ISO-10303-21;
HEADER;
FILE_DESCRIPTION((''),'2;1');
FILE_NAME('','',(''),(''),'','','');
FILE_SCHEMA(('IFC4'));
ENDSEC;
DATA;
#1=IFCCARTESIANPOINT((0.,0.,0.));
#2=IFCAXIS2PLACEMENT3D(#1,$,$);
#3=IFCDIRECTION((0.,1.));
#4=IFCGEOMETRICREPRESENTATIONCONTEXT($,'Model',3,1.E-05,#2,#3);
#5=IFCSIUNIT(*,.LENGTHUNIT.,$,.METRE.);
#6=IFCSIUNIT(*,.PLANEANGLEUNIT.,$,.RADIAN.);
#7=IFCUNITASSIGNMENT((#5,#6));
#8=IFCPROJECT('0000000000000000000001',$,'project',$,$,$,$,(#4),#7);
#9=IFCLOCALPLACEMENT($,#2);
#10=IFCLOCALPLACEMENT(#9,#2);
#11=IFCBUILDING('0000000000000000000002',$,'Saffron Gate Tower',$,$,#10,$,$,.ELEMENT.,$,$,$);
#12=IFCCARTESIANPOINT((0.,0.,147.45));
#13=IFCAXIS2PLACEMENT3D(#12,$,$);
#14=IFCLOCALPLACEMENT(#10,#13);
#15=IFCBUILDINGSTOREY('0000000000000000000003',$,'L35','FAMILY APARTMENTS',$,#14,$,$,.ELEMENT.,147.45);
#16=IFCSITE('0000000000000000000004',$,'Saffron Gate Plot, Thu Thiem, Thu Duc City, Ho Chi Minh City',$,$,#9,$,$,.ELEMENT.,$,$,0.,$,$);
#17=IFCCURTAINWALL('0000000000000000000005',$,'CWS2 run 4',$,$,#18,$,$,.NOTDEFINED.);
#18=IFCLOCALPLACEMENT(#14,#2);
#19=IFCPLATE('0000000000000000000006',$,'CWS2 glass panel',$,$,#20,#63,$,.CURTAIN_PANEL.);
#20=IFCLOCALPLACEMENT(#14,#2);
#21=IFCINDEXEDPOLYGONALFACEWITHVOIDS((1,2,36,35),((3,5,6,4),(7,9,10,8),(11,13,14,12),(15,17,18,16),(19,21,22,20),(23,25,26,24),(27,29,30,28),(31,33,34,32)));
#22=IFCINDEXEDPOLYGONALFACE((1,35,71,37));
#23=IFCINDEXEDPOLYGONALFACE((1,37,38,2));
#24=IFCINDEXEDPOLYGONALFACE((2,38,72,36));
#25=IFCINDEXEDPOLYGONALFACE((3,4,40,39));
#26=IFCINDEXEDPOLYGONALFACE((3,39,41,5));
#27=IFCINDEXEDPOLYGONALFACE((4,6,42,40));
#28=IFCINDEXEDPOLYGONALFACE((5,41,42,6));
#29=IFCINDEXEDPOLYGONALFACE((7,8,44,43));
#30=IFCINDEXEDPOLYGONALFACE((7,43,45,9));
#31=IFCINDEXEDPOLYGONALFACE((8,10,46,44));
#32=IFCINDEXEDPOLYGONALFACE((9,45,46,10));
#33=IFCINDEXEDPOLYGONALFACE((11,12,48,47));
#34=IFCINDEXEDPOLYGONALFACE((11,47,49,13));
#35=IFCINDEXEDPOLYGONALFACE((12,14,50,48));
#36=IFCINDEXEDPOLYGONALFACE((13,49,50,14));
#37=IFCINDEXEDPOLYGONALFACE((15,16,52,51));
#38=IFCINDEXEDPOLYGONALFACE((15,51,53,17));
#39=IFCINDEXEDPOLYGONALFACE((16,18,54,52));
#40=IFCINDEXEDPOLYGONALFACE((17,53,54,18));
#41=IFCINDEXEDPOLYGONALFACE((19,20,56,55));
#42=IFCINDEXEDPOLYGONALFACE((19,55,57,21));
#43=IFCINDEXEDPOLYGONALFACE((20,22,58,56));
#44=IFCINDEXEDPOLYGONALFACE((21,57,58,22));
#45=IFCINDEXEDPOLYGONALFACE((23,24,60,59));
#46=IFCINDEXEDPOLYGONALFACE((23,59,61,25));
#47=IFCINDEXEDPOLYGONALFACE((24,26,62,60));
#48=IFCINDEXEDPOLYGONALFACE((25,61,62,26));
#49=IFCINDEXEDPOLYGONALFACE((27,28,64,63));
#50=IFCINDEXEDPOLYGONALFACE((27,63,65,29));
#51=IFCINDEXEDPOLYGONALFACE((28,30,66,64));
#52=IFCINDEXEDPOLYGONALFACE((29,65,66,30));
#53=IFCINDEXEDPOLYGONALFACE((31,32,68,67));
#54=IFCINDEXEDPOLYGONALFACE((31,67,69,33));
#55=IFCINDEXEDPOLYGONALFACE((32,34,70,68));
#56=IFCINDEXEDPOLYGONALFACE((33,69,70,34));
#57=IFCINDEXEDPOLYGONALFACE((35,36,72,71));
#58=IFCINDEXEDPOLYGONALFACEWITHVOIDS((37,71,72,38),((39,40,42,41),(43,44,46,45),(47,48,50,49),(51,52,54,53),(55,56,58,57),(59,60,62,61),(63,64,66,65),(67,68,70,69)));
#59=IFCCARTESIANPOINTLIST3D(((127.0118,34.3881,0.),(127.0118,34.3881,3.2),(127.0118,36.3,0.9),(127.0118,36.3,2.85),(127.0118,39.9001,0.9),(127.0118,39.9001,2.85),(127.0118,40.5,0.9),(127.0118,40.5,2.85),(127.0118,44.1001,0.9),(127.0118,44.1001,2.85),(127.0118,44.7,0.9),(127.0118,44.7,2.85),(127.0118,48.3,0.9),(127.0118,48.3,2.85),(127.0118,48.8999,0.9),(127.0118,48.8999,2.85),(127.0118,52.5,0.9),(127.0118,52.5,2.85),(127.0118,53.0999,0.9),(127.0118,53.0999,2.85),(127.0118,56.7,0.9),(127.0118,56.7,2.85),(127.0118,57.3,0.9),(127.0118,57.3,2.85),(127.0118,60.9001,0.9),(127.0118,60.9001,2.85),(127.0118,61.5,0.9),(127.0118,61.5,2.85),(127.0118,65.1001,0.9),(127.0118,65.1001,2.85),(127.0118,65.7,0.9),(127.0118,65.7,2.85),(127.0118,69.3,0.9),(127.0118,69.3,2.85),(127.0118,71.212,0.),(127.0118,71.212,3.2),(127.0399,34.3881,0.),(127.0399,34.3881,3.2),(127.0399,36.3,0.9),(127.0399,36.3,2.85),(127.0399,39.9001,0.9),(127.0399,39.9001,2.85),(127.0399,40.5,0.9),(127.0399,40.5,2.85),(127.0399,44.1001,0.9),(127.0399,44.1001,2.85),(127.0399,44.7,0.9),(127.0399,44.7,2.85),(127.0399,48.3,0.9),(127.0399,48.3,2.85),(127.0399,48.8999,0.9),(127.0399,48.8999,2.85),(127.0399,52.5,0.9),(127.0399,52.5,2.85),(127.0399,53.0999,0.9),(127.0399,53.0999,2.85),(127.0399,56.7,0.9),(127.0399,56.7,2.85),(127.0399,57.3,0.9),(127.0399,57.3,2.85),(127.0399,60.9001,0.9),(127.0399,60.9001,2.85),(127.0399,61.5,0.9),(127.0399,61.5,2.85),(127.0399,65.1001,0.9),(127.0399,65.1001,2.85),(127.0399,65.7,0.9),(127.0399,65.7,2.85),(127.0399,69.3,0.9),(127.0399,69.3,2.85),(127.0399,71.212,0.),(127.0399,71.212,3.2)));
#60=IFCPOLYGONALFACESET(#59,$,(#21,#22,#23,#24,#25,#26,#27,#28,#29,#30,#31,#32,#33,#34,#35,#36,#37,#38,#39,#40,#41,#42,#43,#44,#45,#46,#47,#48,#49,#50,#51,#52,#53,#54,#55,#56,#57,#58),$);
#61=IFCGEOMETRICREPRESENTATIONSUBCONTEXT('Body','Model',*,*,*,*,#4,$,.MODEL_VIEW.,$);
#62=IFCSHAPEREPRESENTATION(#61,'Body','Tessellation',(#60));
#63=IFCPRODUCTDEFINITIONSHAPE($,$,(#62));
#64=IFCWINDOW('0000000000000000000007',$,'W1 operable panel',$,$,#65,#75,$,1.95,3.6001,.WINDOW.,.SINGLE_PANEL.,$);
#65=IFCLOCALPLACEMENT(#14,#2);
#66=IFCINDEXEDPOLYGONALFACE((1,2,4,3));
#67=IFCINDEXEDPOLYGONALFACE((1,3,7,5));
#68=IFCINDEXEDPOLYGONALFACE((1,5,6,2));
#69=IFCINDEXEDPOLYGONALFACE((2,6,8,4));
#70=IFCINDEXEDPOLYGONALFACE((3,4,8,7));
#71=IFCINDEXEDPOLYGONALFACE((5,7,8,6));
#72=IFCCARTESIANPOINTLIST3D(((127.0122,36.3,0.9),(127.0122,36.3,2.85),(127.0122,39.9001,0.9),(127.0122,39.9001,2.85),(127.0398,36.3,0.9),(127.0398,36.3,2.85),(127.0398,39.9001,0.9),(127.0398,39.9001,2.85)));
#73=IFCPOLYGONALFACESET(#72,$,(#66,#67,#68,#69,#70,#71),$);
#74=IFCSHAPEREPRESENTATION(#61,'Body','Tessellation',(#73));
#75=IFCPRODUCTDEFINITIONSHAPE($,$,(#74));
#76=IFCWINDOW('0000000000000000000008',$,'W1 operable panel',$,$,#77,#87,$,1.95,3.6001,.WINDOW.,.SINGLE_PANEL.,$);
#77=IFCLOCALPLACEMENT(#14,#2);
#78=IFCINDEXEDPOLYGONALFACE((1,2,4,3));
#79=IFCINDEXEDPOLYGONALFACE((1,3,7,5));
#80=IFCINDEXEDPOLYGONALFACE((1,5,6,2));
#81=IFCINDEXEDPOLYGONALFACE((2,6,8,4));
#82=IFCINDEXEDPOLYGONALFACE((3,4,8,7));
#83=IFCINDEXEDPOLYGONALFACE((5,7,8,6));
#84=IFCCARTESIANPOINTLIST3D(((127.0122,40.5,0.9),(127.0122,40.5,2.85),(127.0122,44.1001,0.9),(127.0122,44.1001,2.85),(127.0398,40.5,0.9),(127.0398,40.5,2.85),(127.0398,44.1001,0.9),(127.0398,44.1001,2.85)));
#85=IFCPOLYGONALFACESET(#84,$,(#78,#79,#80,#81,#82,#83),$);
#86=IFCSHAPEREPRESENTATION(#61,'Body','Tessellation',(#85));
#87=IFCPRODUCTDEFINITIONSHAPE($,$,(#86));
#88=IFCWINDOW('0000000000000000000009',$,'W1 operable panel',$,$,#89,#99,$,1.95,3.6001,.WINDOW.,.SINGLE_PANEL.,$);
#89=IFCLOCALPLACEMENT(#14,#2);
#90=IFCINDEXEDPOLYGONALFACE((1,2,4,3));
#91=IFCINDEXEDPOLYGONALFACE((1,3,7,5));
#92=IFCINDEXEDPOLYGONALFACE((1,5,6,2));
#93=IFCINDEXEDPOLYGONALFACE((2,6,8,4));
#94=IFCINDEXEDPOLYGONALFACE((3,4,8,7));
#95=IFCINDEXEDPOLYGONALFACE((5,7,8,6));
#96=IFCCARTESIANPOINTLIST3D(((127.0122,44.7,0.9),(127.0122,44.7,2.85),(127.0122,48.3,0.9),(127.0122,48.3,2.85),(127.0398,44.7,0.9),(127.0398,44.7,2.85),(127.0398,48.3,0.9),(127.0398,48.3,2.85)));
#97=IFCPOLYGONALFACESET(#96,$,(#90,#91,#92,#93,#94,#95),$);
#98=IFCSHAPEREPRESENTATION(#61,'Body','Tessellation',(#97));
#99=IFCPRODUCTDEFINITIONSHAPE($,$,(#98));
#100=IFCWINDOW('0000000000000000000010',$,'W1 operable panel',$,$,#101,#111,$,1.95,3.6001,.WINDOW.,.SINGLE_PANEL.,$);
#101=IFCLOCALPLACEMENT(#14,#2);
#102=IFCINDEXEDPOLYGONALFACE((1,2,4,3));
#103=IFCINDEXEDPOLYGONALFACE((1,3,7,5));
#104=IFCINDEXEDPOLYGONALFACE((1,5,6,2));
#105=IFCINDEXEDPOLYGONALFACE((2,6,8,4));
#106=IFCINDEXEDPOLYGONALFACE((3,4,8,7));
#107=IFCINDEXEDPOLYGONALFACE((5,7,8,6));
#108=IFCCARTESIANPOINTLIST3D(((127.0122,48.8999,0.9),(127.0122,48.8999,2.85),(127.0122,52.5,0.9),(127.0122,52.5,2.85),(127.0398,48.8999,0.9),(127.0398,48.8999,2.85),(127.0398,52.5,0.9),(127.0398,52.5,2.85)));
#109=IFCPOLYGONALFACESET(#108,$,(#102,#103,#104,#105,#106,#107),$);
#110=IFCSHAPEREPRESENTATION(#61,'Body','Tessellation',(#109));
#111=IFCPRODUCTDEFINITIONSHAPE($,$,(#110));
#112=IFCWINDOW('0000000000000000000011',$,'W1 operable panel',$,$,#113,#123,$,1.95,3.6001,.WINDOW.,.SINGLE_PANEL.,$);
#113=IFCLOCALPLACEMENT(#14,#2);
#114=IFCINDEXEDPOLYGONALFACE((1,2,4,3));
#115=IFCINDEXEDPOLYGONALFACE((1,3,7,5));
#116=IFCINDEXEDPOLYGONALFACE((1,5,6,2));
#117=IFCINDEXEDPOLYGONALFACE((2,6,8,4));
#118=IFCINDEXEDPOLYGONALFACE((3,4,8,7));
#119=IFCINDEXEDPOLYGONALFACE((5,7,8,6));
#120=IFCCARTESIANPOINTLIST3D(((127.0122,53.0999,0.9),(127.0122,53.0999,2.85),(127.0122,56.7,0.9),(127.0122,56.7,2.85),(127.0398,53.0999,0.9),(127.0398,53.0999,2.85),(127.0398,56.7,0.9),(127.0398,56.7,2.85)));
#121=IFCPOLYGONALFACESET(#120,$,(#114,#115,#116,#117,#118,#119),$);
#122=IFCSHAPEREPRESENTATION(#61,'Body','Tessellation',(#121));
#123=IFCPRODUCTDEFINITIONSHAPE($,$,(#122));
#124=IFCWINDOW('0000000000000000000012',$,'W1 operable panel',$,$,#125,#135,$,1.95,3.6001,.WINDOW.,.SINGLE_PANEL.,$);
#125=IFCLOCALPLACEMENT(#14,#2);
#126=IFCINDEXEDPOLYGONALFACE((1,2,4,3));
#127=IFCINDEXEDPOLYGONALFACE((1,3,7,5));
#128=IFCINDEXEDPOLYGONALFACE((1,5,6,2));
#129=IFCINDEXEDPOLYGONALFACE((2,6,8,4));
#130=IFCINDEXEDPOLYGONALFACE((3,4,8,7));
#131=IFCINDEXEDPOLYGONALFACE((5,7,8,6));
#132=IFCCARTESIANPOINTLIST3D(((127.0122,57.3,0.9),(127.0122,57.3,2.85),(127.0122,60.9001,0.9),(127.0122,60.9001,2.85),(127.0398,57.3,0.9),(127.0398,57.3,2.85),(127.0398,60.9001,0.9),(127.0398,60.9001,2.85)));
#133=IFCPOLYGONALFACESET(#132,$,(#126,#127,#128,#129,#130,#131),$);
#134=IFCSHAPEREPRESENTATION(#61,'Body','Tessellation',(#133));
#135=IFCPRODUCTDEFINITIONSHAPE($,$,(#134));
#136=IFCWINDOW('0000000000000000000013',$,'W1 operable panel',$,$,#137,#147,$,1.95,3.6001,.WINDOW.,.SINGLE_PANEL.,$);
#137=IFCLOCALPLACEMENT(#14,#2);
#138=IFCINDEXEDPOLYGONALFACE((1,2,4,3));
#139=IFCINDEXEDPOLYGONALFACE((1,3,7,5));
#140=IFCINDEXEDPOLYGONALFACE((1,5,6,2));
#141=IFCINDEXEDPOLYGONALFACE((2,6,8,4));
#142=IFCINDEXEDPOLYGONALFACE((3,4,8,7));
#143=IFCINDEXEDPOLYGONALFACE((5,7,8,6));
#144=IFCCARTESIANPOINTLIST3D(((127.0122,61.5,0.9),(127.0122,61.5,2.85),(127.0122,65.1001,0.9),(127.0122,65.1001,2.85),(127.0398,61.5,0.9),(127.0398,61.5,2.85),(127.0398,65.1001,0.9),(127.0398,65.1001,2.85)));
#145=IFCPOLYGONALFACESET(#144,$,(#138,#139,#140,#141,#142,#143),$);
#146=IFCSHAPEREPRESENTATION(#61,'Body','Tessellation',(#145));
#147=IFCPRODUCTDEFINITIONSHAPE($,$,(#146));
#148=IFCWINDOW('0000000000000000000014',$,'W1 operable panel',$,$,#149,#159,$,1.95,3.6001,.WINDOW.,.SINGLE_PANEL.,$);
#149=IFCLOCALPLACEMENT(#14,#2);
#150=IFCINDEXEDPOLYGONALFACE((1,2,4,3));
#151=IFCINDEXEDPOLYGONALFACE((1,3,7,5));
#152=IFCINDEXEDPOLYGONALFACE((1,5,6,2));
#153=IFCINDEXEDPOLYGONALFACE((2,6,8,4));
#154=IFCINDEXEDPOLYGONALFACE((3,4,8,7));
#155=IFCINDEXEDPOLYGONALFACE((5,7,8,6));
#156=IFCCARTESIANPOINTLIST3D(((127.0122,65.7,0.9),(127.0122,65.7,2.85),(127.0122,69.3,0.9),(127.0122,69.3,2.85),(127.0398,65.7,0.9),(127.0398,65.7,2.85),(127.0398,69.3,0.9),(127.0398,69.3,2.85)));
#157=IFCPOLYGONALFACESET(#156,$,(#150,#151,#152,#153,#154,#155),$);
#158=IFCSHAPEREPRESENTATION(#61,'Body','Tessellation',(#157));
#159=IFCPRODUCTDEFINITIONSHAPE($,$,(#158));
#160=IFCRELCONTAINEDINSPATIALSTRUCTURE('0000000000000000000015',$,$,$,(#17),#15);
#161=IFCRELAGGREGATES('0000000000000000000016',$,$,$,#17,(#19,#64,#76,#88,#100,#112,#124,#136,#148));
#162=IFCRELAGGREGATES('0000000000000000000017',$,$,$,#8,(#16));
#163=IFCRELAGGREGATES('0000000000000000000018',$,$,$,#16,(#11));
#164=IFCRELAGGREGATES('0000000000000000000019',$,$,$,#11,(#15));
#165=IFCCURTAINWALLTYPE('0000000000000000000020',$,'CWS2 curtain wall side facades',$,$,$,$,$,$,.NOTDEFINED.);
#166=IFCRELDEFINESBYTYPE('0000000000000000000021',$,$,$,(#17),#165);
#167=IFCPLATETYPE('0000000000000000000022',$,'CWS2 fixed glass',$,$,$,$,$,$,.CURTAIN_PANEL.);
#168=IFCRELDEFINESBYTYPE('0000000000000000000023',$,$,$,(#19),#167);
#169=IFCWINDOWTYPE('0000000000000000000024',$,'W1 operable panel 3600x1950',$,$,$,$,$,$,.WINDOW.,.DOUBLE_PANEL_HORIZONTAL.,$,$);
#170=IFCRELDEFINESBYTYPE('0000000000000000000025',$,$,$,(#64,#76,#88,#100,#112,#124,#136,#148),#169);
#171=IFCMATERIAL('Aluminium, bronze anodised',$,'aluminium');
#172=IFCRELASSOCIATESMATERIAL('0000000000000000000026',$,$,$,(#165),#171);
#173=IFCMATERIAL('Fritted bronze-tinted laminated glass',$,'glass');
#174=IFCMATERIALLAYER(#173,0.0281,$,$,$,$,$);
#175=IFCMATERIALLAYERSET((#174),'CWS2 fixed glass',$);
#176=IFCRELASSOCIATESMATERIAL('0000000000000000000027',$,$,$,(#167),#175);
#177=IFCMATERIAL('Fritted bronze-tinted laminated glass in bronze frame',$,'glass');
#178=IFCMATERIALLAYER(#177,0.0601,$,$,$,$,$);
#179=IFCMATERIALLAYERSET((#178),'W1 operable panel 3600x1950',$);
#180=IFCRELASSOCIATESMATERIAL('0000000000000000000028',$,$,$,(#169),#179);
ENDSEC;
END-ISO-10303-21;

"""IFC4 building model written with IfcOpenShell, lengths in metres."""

from ifc_helpers import new_model, si_unit, direction, frame, frame_2d, origin, place, context, subcontext, project, spatial, rectangle, extrude, material, layer, layer_set, type_object, element, fill, aggregate, save


model = new_model("IFC4")

# Units and contexts
model_context = context("Model", 3, precision=1e-05, world=origin(), true_north=direction((0.0, 1.0)))
body_context = subcontext(model_context, "Body", "Model", "MODEL_VIEW")
ifc_project = project(units=[si_unit("LENGTHUNIT", "METRE"), si_unit("PLANEANGLEUNIT", "RADIAN")], contexts=[model_context])

# Site, building, storey
site_placement = place(None, origin())
site = spatial("IfcSite", under=ifc_project, at=site_placement, Name="Saffron Gate Plot, Thu Thiem, Thu Duc City, Ho Chi Minh City", CompositionType="ELEMENT", RefElevation=0.0)
building_placement = place(site_placement, origin())
building = spatial("IfcBuilding", under=site, at=building_placement, Name="Saffron Gate Tower", CompositionType="ELEMENT")
storey_placement = place(building_placement, frame((0.0, 0.0, 147.45)))
storey = spatial("IfcBuildingStorey", under=building, at=storey_placement, Name="L35", Description="FAMILY APARTMENTS", CompositionType="ELEMENT", Elevation=147.45)

# Curtain wall
ifc_material_1 = material(Name="Aluminium, bronze anodised", Category="aluminium")
curtain_wall_type_1 = type_object("IfcCurtainWallType", Name="CWS2 curtain wall side facades", PredefinedType="NOTDEFINED", material=ifc_material_1)
curtain_wall_1_placement = place(storey_placement, origin())
curtain_wall_1 = element("IfcCurtainWall", 1, at=curtain_wall_1_placement, inside=storey, type_object=curtain_wall_type_1, Name="CWS2 run 4", PredefinedType="NOTDEFINED")

# Plate, openings, windows
ifc_material_2 = material(Name="Fritted bronze-tinted laminated glass", Category="glass")
ifc_layer_1 = layer(ifc_material_2, 0.0281)
ifc_layer_set_1 = layer_set([ifc_layer_1], Name="CWS2 fixed glass")
plate_type_1 = type_object("IfcPlateType", Name="CWS2 fixed glass", PredefinedType="CURTAIN_PANEL", material=ifc_layer_set_1)
plate_1_placement = place(storey_placement, frame((127.0259, 34.3879, 0.0), z_axis=(0.0, 0.0, 1.0), x_axis=(0.0, 1.0, 0.0)))
plate_1 = element("IfcPlate", 2, at=plate_1_placement, type_object=plate_type_1, Name="CWS2 glass panel", PredefinedType="CURTAIN_PANEL", context=body_context, shape_type="SweptSolid", body=[
    extrude(rectangle(XDim=36.824, YDim=0.0281, at=frame_2d((18.4121, 0.0))), origin(), (0.0, 0.0, 1.0), 3.2),
])
opening_1_placement = place(plate_1_placement, frame((1.9121, 0.0, 0.8999)))
opening_1 = element("IfcOpeningElement", 3, at=opening_1_placement, cuts=plate_1, PredefinedType="OPENING", context=body_context, shape_type="SweptSolid", body=[
    extrude(rectangle(XDim=3.6001, YDim=1.95, at=frame_2d((1.8, 0.9751))), frame((0.0, 0.0239, 0.0), z_axis=(0.0, -1.0, 0.0), x_axis=(1.0, 0.0, 0.0)), (0.0, 0.0, 1.0), 0.0481),
])
opening_2_placement = place(plate_1_placement, frame((6.1121, 0.0, 0.8999)))
opening_2 = element("IfcOpeningElement", 4, at=opening_2_placement, cuts=plate_1, PredefinedType="OPENING", context=body_context, shape_type="SweptSolid", body=[
    extrude(rectangle(XDim=3.6001, YDim=1.95, at=frame_2d((1.8, 0.9751))), frame((0.0, 0.0239, 0.0), z_axis=(0.0, -1.0, 0.0), x_axis=(1.0, 0.0, 0.0)), (0.0, 0.0, 1.0), 0.0481),
])
opening_3_placement = place(plate_1_placement, frame((10.312, 0.0, 0.8999)))
opening_3 = element("IfcOpeningElement", 5, at=opening_3_placement, cuts=plate_1, PredefinedType="OPENING", context=body_context, shape_type="SweptSolid", body=[
    extrude(rectangle(XDim=3.6001, YDim=1.95, at=frame_2d((1.8, 0.9751))), frame((0.0, 0.0239, 0.0), z_axis=(0.0, -1.0, 0.0), x_axis=(1.0, 0.0, 0.0)), (0.0, 0.0, 1.0), 0.0481),
])
opening_4_placement = place(plate_1_placement, frame((14.512, 0.0, 0.8999)))
opening_4 = element("IfcOpeningElement", 6, at=opening_4_placement, cuts=plate_1, PredefinedType="OPENING", context=body_context, shape_type="SweptSolid", body=[
    extrude(rectangle(XDim=3.6001, YDim=1.95, at=frame_2d((1.8, 0.9751))), frame((0.0, 0.0239, 0.0), z_axis=(0.0, -1.0, 0.0), x_axis=(1.0, 0.0, 0.0)), (0.0, 0.0, 1.0), 0.0481),
])
opening_5_placement = place(plate_1_placement, frame((18.7119, 0.0, 0.8999)))
opening_5 = element("IfcOpeningElement", 7, at=opening_5_placement, cuts=plate_1, PredefinedType="OPENING", context=body_context, shape_type="SweptSolid", body=[
    extrude(rectangle(XDim=3.6001, YDim=1.95, at=frame_2d((1.8, 0.9751))), frame((0.0, 0.0239, 0.0), z_axis=(0.0, -1.0, 0.0), x_axis=(1.0, 0.0, 0.0)), (0.0, 0.0, 1.0), 0.0481),
])
opening_6_placement = place(plate_1_placement, frame((22.9121, 0.0, 0.8999)))
opening_6 = element("IfcOpeningElement", 8, at=opening_6_placement, cuts=plate_1, PredefinedType="OPENING", context=body_context, shape_type="SweptSolid", body=[
    extrude(rectangle(XDim=3.6001, YDim=1.95, at=frame_2d((1.8, 0.9751))), frame((0.0, 0.0239, 0.0), z_axis=(0.0, -1.0, 0.0), x_axis=(1.0, 0.0, 0.0)), (0.0, 0.0, 1.0), 0.0481),
])
opening_7_placement = place(plate_1_placement, frame((27.1121, 0.0, 0.8999)))
opening_7 = element("IfcOpeningElement", 9, at=opening_7_placement, cuts=plate_1, PredefinedType="OPENING", context=body_context, shape_type="SweptSolid", body=[
    extrude(rectangle(XDim=3.6001, YDim=1.95, at=frame_2d((1.8, 0.9751))), frame((0.0, 0.0239, 0.0), z_axis=(0.0, -1.0, 0.0), x_axis=(1.0, 0.0, 0.0)), (0.0, 0.0, 1.0), 0.0481),
])
opening_8_placement = place(plate_1_placement, frame((31.312, 0.0, 0.8999)))
opening_8 = element("IfcOpeningElement", 10, at=opening_8_placement, cuts=plate_1, PredefinedType="OPENING", context=body_context, shape_type="SweptSolid", body=[
    extrude(rectangle(XDim=3.6001, YDim=1.95, at=frame_2d((1.8, 0.9751))), frame((0.0, 0.0239, 0.0), z_axis=(0.0, -1.0, 0.0), x_axis=(1.0, 0.0, 0.0)), (0.0, 0.0, 1.0), 0.0481),
])
ifc_material_3 = material(Name="Fritted bronze-tinted laminated glass in bronze frame", Category="glass")
ifc_layer_2 = layer(ifc_material_3, 0.0601)
ifc_layer_set_2 = layer_set([ifc_layer_2], Name="W1 operable panel 3600x1950")
window_type = type_object("IfcWindowType", Name="W1 operable panel 3600x1950", PartitioningType="DOUBLE_PANEL_HORIZONTAL", PredefinedType="WINDOW", material=ifc_layer_set_2)
window_1_placement = place(opening_1_placement, origin())
window_1 = element("IfcWindow", 11, at=window_1_placement, type_object=window_type, Name="W1 operable panel", OverallHeight=1.95, OverallWidth=3.6001, PartitioningType="SINGLE_PANEL", PredefinedType="WINDOW", context=body_context, shape_type="SweptSolid", body=[
    extrude(rectangle(XDim=3.6001, YDim=1.95, at=frame_2d((1.8, 0.9751))), frame((0.0, 0.0137, 0.0), z_axis=(0.0, -1.0, 0.0), x_axis=(1.0, 0.0, 0.0)), (0.0, 0.0, 1.0), 0.0276),
])
fill(opening_1, window_1)
window_2_placement = place(opening_2_placement, origin())
window_2 = element("IfcWindow", 12, at=window_2_placement, type_object=window_type, Name="W1 operable panel", OverallHeight=1.95, OverallWidth=3.6001, PartitioningType="SINGLE_PANEL", PredefinedType="WINDOW", context=body_context, shape_type="SweptSolid", body=[
    extrude(rectangle(XDim=3.6001, YDim=1.95, at=frame_2d((1.8, 0.9751))), frame((0.0, 0.0137, 0.0), z_axis=(0.0, -1.0, 0.0), x_axis=(1.0, 0.0, 0.0)), (0.0, 0.0, 1.0), 0.0276),
])
fill(opening_2, window_2)
window_3_placement = place(opening_3_placement, origin())
window_3 = element("IfcWindow", 13, at=window_3_placement, type_object=window_type, Name="W1 operable panel", OverallHeight=1.95, OverallWidth=3.6001, PartitioningType="SINGLE_PANEL", PredefinedType="WINDOW", context=body_context, shape_type="SweptSolid", body=[
    extrude(rectangle(XDim=3.6001, YDim=1.95, at=frame_2d((1.8, 0.9751))), frame((0.0, 0.0137, 0.0), z_axis=(0.0, -1.0, 0.0), x_axis=(1.0, 0.0, 0.0)), (0.0, 0.0, 1.0), 0.0276),
])
fill(opening_3, window_3)
window_4_placement = place(opening_4_placement, origin())
window_4 = element("IfcWindow", 14, at=window_4_placement, type_object=window_type, Name="W1 operable panel", OverallHeight=1.95, OverallWidth=3.6001, PartitioningType="SINGLE_PANEL", PredefinedType="WINDOW", context=body_context, shape_type="SweptSolid", body=[
    extrude(rectangle(XDim=3.6001, YDim=1.95, at=frame_2d((1.8, 0.9751))), frame((0.0, 0.0137, 0.0), z_axis=(0.0, -1.0, 0.0), x_axis=(1.0, 0.0, 0.0)), (0.0, 0.0, 1.0), 0.0276),
])
fill(opening_4, window_4)
window_5_placement = place(opening_5_placement, origin())
window_5 = element("IfcWindow", 15, at=window_5_placement, type_object=window_type, Name="W1 operable panel", OverallHeight=1.95, OverallWidth=3.6001, PartitioningType="SINGLE_PANEL", PredefinedType="WINDOW", context=body_context, shape_type="SweptSolid", body=[
    extrude(rectangle(XDim=3.6001, YDim=1.95, at=frame_2d((1.8, 0.9751))), frame((0.0, 0.0137, 0.0), z_axis=(0.0, -1.0, 0.0), x_axis=(1.0, 0.0, 0.0)), (0.0, 0.0, 1.0), 0.0276),
])
fill(opening_5, window_5)
window_6_placement = place(opening_6_placement, origin())
window_6 = element("IfcWindow", 16, at=window_6_placement, type_object=window_type, Name="W1 operable panel", OverallHeight=1.95, OverallWidth=3.6001, PartitioningType="SINGLE_PANEL", PredefinedType="WINDOW", context=body_context, shape_type="SweptSolid", body=[
    extrude(rectangle(XDim=3.6001, YDim=1.95, at=frame_2d((1.8, 0.9751))), frame((0.0, 0.0137, 0.0), z_axis=(0.0, -1.0, 0.0), x_axis=(1.0, 0.0, 0.0)), (0.0, 0.0, 1.0), 0.0276),
])
fill(opening_6, window_6)
window_7_placement = place(opening_7_placement, origin())
window_7 = element("IfcWindow", 17, at=window_7_placement, type_object=window_type, Name="W1 operable panel", OverallHeight=1.95, OverallWidth=3.6001, PartitioningType="SINGLE_PANEL", PredefinedType="WINDOW", context=body_context, shape_type="SweptSolid", body=[
    extrude(rectangle(XDim=3.6001, YDim=1.95, at=frame_2d((1.8, 0.9751))), frame((0.0, 0.0137, 0.0), z_axis=(0.0, -1.0, 0.0), x_axis=(1.0, 0.0, 0.0)), (0.0, 0.0, 1.0), 0.0276),
])
fill(opening_7, window_7)
window_8_placement = place(opening_8_placement, origin())
window_8 = element("IfcWindow", 18, at=window_8_placement, type_object=window_type, Name="W1 operable panel", OverallHeight=1.95, OverallWidth=3.6001, PartitioningType="SINGLE_PANEL", PredefinedType="WINDOW", context=body_context, shape_type="SweptSolid", body=[
    extrude(rectangle(XDim=3.6001, YDim=1.95, at=frame_2d((1.8, 0.9751))), frame((0.0, 0.0137, 0.0), z_axis=(0.0, -1.0, 0.0), x_axis=(1.0, 0.0, 0.0)), (0.0, 0.0, 1.0), 0.0276),
])
fill(opening_8, window_8)
aggregate(curtain_wall_1, [plate_1, window_1, window_2, window_3, window_4, window_5, window_6, window_7, window_8])

save(model, "model.ifc")
